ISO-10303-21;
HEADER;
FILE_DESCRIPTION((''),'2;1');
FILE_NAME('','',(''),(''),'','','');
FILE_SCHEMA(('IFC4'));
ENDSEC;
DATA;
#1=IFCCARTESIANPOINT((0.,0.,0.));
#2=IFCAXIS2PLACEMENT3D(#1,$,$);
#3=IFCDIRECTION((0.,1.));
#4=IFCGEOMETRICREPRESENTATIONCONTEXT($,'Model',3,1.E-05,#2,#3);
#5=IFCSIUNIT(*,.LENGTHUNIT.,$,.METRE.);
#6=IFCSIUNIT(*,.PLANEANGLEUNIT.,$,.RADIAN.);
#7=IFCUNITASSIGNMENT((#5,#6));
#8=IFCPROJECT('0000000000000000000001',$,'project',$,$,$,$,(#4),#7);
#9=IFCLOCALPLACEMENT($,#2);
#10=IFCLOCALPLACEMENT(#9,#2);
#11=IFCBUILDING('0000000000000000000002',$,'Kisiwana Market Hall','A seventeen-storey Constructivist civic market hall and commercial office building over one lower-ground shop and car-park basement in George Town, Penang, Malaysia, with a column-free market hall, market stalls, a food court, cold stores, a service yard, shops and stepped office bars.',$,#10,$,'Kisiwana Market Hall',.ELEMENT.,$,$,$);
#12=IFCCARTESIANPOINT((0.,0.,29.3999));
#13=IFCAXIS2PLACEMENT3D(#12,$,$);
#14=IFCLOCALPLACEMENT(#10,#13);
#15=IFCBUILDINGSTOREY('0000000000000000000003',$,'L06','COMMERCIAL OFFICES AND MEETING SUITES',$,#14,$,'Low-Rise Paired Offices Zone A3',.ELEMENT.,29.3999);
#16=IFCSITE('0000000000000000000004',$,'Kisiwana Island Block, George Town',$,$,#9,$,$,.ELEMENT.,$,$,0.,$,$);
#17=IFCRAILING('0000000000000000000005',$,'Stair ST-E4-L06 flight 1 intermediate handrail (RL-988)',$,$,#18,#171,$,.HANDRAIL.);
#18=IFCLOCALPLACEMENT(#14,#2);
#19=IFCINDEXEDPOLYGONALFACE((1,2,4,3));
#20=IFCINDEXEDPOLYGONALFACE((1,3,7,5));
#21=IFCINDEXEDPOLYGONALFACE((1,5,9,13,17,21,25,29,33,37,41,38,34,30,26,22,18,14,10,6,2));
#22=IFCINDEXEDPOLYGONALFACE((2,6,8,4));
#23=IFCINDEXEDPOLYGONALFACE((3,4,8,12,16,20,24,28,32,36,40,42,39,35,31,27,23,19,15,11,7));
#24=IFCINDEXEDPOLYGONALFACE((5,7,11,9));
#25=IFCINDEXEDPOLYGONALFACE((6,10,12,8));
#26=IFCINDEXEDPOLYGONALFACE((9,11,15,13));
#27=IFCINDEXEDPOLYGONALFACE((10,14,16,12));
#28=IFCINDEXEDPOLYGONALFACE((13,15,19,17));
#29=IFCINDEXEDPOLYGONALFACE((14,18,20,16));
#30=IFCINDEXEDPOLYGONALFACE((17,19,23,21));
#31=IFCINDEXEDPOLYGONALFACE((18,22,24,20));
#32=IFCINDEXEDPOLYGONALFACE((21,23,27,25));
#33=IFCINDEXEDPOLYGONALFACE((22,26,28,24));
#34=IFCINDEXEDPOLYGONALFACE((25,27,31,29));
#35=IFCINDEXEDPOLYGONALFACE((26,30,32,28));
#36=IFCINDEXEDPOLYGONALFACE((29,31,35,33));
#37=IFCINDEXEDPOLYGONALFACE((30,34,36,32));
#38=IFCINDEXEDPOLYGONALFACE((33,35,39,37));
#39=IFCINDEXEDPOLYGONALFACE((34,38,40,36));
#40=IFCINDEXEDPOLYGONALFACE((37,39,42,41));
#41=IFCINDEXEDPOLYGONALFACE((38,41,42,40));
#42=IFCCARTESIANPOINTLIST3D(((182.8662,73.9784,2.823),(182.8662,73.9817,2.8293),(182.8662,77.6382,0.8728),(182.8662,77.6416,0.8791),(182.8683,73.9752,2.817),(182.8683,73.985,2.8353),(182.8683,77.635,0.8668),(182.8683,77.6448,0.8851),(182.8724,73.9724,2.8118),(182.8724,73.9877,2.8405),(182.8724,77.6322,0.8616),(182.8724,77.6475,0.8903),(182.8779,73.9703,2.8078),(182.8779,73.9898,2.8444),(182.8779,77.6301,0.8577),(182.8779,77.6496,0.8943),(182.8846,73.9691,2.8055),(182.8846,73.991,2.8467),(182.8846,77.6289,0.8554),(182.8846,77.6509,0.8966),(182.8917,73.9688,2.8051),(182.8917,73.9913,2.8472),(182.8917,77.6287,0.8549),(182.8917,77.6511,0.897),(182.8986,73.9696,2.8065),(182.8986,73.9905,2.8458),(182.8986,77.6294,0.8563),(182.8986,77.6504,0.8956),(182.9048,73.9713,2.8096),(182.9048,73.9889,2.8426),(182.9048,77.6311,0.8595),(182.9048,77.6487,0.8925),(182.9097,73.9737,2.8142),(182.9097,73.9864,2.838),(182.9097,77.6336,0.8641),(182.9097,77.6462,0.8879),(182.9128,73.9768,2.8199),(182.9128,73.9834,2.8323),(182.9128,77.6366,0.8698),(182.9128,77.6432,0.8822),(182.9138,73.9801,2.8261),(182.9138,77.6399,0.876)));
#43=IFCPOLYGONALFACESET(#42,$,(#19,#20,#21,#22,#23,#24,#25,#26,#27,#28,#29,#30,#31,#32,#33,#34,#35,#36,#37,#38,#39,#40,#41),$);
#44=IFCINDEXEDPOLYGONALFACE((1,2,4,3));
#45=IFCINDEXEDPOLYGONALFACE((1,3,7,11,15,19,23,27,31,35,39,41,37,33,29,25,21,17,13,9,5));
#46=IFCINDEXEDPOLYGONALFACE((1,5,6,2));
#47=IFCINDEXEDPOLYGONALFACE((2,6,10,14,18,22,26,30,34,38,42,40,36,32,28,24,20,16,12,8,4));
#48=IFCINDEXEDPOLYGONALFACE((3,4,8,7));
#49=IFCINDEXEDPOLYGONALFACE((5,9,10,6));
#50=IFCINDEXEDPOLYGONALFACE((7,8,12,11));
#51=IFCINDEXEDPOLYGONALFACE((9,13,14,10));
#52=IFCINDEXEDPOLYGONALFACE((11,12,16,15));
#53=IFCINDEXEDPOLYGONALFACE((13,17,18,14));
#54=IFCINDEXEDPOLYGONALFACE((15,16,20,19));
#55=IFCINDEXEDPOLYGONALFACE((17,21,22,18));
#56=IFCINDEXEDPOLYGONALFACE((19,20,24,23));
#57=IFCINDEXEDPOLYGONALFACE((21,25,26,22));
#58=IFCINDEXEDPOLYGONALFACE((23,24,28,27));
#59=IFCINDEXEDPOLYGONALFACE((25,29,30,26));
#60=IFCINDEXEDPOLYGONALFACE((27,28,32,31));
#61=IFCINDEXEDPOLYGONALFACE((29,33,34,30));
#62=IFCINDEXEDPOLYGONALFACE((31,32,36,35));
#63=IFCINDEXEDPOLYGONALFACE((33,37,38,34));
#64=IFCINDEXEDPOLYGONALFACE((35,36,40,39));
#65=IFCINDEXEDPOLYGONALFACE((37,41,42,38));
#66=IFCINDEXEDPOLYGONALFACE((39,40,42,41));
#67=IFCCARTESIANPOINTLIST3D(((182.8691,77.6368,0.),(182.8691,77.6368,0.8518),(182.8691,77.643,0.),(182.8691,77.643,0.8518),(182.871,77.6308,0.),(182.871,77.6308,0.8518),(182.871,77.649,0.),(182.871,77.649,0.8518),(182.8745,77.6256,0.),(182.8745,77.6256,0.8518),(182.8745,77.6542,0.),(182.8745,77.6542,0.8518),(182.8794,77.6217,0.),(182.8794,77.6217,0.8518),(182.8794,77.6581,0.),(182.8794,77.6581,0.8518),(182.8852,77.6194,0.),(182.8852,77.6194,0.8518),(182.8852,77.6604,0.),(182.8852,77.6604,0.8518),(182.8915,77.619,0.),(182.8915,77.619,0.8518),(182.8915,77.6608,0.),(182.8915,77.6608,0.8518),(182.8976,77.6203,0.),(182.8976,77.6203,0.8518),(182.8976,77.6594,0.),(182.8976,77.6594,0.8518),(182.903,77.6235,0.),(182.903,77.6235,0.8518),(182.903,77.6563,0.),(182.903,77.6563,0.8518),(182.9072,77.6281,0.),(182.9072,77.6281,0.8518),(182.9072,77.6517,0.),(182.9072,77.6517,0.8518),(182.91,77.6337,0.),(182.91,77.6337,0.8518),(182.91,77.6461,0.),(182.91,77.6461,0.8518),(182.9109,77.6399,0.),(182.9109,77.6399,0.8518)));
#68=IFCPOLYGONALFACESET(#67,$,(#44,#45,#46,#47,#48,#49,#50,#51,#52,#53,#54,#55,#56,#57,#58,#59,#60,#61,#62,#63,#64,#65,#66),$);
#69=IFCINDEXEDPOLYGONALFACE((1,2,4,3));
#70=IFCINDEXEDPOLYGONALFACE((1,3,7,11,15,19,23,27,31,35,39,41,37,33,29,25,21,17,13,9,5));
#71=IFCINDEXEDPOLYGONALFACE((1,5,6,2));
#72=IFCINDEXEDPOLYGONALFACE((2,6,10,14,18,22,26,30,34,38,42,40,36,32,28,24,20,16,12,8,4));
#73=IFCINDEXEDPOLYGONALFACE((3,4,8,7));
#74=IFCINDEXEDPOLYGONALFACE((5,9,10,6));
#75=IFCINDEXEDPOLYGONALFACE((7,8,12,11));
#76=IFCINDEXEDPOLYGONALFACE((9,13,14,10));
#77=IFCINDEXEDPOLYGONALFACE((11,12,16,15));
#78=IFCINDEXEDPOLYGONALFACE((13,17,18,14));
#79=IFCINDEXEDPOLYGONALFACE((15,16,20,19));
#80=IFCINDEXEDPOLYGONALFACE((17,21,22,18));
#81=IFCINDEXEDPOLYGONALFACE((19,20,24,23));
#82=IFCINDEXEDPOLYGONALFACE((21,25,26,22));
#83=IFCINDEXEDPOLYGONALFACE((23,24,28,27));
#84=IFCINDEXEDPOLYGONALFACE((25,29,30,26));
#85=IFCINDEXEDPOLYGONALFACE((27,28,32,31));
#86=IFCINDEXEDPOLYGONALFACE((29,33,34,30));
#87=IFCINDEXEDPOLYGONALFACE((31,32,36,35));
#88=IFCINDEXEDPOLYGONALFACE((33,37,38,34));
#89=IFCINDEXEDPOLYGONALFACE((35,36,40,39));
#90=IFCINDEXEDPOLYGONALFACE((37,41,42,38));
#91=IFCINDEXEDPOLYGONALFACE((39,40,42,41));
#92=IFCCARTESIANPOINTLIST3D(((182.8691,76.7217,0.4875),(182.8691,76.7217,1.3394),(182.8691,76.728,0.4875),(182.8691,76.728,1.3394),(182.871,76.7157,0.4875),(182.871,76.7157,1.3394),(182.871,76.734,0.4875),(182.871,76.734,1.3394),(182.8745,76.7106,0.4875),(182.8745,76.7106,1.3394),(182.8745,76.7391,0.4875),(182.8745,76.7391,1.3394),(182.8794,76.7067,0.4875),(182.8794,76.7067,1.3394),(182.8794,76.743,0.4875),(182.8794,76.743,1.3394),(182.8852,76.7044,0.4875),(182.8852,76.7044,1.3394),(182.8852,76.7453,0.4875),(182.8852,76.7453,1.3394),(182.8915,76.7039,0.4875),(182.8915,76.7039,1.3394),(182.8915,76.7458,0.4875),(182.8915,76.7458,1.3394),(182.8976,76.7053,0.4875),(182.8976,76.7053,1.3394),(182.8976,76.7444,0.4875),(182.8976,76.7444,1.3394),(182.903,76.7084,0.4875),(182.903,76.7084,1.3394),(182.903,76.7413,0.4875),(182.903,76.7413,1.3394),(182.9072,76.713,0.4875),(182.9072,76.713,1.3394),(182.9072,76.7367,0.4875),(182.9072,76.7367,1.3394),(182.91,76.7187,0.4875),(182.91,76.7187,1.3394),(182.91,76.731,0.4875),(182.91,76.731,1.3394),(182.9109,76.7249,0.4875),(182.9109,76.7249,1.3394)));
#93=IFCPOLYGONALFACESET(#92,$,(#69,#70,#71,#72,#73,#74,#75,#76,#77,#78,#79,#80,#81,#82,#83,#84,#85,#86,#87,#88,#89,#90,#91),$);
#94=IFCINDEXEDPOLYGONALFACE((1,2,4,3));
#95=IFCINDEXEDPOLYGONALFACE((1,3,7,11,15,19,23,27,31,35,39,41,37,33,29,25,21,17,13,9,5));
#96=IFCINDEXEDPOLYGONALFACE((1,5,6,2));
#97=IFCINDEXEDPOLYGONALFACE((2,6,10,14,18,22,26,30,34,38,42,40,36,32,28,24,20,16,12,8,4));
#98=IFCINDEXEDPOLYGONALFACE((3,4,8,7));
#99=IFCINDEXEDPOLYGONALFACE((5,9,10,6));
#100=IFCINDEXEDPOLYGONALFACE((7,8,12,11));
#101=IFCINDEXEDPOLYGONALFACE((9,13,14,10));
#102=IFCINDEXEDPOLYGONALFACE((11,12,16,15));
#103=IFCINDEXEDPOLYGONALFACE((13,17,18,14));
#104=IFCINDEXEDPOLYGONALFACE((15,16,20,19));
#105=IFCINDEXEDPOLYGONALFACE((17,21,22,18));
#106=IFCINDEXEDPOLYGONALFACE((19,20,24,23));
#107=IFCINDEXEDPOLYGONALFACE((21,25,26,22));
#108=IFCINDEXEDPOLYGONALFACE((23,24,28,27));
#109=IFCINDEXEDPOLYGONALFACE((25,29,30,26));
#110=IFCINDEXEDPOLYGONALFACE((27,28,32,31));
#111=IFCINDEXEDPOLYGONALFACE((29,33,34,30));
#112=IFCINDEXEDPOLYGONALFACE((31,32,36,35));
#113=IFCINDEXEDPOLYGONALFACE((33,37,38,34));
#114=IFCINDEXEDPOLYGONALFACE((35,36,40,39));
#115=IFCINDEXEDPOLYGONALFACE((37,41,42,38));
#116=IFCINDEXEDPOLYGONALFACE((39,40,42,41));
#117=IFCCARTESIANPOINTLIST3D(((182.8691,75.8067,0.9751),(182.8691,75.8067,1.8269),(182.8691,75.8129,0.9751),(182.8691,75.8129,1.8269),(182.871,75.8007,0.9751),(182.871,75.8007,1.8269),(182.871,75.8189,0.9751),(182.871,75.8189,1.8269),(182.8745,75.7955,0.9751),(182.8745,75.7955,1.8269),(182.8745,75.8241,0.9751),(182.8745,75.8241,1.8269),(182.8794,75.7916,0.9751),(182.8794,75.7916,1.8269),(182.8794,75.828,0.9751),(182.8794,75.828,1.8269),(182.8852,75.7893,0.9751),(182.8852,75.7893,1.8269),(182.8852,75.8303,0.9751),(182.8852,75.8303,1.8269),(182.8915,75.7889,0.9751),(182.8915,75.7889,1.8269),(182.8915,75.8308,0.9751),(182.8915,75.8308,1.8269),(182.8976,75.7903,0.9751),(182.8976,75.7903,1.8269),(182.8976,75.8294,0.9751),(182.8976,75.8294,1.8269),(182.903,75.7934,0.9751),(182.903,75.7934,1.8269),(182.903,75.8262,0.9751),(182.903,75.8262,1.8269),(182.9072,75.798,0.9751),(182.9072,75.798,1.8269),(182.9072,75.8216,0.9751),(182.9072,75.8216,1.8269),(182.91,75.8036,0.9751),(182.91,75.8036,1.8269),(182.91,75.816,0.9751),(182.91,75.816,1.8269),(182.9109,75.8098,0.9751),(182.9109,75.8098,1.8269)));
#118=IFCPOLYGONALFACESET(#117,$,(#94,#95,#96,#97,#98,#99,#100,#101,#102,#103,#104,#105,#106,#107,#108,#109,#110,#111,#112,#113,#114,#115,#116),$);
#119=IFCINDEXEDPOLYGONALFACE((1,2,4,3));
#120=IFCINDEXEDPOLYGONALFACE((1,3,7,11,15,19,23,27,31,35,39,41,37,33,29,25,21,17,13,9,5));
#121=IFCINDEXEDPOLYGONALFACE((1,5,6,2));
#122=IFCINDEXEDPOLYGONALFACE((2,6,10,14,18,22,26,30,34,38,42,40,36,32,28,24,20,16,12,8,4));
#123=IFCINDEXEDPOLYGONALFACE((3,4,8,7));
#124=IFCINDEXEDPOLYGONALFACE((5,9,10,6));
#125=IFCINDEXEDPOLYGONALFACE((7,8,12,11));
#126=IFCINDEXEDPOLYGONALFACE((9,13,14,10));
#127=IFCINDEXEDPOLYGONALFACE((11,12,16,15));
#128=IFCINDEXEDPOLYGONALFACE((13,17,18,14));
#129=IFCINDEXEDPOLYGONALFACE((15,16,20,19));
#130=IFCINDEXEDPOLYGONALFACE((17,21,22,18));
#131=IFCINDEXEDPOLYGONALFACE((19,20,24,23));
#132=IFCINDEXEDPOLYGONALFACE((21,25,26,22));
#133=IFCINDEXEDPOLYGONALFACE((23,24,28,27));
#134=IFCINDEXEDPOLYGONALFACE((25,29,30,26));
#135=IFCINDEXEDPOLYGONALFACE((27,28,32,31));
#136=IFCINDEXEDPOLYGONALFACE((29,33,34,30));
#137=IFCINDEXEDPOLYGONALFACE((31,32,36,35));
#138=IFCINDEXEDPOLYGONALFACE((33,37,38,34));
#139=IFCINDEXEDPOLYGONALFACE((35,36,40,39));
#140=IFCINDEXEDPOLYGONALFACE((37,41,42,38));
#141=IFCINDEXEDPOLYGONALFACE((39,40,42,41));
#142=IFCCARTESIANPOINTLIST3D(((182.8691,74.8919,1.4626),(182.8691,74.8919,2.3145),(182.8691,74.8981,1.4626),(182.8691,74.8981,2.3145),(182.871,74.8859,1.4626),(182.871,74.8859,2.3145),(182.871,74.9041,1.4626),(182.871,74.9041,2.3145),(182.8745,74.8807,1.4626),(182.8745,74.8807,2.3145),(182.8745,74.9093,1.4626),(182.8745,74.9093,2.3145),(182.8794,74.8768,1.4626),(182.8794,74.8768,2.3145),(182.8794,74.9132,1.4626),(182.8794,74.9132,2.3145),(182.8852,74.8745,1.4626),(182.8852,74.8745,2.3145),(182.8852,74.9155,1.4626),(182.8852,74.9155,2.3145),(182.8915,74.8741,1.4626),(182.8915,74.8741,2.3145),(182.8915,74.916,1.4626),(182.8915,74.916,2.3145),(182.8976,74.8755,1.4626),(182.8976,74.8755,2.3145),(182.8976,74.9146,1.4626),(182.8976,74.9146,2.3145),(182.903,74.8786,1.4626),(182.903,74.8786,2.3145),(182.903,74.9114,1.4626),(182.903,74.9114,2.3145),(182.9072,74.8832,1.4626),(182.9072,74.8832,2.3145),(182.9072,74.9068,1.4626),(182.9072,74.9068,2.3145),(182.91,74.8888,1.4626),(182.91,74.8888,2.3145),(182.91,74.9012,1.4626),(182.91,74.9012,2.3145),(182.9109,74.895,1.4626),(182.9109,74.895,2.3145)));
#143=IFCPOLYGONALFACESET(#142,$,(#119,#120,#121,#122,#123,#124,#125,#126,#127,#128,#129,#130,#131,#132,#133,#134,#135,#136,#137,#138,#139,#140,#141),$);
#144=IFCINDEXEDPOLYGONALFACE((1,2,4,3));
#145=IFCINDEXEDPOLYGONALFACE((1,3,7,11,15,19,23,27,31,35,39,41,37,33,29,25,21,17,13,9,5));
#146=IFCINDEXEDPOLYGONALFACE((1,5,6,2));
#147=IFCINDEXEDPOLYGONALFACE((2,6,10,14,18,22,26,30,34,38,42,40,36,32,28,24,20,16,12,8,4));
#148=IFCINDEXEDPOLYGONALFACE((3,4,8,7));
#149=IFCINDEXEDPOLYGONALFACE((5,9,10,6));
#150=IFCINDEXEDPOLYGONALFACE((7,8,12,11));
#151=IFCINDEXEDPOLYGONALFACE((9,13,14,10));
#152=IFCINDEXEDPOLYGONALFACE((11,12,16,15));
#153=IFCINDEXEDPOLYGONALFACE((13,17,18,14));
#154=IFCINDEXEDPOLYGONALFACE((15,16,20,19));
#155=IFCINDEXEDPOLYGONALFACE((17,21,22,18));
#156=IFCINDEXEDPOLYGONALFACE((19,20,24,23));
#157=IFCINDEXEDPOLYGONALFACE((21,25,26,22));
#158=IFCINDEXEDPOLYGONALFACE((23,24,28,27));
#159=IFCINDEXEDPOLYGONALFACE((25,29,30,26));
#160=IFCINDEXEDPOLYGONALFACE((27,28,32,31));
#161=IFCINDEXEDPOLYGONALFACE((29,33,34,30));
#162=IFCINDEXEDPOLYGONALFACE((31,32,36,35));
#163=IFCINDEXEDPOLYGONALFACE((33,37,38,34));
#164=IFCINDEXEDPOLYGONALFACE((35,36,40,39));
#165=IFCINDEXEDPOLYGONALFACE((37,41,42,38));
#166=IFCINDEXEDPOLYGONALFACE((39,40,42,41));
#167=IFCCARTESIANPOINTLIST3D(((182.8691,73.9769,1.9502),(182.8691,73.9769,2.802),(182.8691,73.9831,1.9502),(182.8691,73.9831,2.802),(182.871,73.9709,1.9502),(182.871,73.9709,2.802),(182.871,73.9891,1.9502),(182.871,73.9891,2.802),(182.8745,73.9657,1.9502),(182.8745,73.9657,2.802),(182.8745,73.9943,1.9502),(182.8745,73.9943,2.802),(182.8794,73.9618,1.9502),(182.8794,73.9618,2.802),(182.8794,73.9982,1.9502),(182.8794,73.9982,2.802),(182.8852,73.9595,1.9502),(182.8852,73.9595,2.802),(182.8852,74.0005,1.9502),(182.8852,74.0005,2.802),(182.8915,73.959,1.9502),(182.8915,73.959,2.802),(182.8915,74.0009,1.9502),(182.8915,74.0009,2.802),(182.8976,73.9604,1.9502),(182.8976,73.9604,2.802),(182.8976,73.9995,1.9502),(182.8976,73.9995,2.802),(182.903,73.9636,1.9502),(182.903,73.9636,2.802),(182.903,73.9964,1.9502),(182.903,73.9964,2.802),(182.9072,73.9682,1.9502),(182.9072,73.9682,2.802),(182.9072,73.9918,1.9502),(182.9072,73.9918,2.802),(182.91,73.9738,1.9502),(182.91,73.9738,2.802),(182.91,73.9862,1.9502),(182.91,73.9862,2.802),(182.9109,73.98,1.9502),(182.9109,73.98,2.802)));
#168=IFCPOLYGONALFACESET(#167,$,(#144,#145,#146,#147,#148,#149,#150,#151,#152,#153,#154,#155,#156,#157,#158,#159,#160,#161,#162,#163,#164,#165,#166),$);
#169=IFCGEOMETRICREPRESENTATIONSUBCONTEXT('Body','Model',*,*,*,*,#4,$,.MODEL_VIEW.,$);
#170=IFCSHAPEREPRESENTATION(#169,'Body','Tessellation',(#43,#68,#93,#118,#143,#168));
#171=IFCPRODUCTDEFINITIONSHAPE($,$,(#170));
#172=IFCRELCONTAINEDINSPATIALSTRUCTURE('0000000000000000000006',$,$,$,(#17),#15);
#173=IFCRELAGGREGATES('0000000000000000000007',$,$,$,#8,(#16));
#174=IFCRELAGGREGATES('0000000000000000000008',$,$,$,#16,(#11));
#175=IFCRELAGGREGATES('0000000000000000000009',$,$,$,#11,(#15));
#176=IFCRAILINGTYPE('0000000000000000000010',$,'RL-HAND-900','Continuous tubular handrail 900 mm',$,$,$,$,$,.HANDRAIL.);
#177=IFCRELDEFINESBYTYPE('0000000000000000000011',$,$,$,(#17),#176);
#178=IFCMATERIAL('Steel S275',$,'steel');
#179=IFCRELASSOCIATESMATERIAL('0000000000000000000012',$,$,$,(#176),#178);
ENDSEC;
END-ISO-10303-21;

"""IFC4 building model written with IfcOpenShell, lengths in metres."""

from ifc_helpers import new_model, si_unit, direction, frame, origin, origin_2d, place, context, subcontext, project, spatial, circle, extrude, material, type_object, element, save


model = new_model("IFC4")

# Units and contexts
model_context = context("Model", 3, precision=1e-05, world=origin(), true_north=direction((0.0, 1.0)))
body_context = subcontext(model_context, "Body", "Model", "MODEL_VIEW")
ifc_project = project(units=[si_unit("LENGTHUNIT", "METRE"), si_unit("PLANEANGLEUNIT", "RADIAN")], contexts=[model_context])

# Site, building, storey
site_placement = place(None, origin())
site = spatial("IfcSite", under=ifc_project, at=site_placement, Name="Kisiwana Island Block, George Town", CompositionType="ELEMENT", RefElevation=0.0)
building_placement = place(site_placement, origin())
building = spatial("IfcBuilding", under=site, at=building_placement, Name="Kisiwana Market Hall", Description="A seventeen-storey Constructivist civic market hall and commercial office building over one lower-ground shop and car-park basement in George Town, Penang, Malaysia, with a column-free market hall, market stalls, a food court, cold stores, a service yard, shops and stepped office bars.", LongName="Kisiwana Market Hall", CompositionType="ELEMENT")
storey_placement = place(building_placement, frame((0.0, 0.0, 29.3999)))
storey = spatial("IfcBuildingStorey", under=building, at=storey_placement, Name="L06", Description="COMMERCIAL OFFICES AND MEETING SUITES", LongName="Low-Rise Paired Offices Zone A3", CompositionType="ELEMENT", Elevation=29.3999)

# Railing
ifc_material_1 = material(Name="Steel S275", Category="steel")
railing_type_1 = type_object("IfcRailingType", Name="RL-HAND-900", Description="Continuous tubular handrail 900 mm", PredefinedType="HANDRAIL", material=ifc_material_1)
for number, where, name in (
    (1, (182.8899, 77.6399, 0.0), "Stair ST-E4-L06 flight 1 intermediate handrail (RL-988)"),
):
    element("IfcRailing", number, at=place(storey_placement, frame(where)), inside=storey, type_object=railing_type_1, Name=name, PredefinedType="HANDRAIL", context=body_context, shape_type="SweptSolid", body=[
        extrude(circle(Radius=0.0239, at=origin_2d()), frame((0.0, 0.0, 0.876), z_axis=(0.0, -0.882529, 0.470258), x_axis=(1.0, 0.0, 0.0)), (0.0, 0.0, 1.0), 4.147),
        extrude(circle(Radius=0.021, at=origin_2d()), origin(), (0.0, 0.0, 1.0), 0.8518),
        extrude(circle(Radius=0.021, at=origin_2d()), frame((0.0, -0.915, 0.4875)), (0.0, 0.0, 1.0), 0.8518),
        extrude(circle(Radius=0.021, at=origin_2d()), frame((0.0, -1.8301, 0.9751)), (0.0, 0.0, 1.0), 0.8518),
        extrude(circle(Radius=0.021, at=origin_2d()), frame((0.0, -2.7449, 1.4626)), (0.0, 0.0, 1.0), 0.8518),
        extrude(circle(Radius=0.021, at=origin_2d()), frame((0.0, -3.6599, 1.9502)), (0.0, 0.0, 1.0), 0.8518),
    ])

save(model, "model.ifc")
